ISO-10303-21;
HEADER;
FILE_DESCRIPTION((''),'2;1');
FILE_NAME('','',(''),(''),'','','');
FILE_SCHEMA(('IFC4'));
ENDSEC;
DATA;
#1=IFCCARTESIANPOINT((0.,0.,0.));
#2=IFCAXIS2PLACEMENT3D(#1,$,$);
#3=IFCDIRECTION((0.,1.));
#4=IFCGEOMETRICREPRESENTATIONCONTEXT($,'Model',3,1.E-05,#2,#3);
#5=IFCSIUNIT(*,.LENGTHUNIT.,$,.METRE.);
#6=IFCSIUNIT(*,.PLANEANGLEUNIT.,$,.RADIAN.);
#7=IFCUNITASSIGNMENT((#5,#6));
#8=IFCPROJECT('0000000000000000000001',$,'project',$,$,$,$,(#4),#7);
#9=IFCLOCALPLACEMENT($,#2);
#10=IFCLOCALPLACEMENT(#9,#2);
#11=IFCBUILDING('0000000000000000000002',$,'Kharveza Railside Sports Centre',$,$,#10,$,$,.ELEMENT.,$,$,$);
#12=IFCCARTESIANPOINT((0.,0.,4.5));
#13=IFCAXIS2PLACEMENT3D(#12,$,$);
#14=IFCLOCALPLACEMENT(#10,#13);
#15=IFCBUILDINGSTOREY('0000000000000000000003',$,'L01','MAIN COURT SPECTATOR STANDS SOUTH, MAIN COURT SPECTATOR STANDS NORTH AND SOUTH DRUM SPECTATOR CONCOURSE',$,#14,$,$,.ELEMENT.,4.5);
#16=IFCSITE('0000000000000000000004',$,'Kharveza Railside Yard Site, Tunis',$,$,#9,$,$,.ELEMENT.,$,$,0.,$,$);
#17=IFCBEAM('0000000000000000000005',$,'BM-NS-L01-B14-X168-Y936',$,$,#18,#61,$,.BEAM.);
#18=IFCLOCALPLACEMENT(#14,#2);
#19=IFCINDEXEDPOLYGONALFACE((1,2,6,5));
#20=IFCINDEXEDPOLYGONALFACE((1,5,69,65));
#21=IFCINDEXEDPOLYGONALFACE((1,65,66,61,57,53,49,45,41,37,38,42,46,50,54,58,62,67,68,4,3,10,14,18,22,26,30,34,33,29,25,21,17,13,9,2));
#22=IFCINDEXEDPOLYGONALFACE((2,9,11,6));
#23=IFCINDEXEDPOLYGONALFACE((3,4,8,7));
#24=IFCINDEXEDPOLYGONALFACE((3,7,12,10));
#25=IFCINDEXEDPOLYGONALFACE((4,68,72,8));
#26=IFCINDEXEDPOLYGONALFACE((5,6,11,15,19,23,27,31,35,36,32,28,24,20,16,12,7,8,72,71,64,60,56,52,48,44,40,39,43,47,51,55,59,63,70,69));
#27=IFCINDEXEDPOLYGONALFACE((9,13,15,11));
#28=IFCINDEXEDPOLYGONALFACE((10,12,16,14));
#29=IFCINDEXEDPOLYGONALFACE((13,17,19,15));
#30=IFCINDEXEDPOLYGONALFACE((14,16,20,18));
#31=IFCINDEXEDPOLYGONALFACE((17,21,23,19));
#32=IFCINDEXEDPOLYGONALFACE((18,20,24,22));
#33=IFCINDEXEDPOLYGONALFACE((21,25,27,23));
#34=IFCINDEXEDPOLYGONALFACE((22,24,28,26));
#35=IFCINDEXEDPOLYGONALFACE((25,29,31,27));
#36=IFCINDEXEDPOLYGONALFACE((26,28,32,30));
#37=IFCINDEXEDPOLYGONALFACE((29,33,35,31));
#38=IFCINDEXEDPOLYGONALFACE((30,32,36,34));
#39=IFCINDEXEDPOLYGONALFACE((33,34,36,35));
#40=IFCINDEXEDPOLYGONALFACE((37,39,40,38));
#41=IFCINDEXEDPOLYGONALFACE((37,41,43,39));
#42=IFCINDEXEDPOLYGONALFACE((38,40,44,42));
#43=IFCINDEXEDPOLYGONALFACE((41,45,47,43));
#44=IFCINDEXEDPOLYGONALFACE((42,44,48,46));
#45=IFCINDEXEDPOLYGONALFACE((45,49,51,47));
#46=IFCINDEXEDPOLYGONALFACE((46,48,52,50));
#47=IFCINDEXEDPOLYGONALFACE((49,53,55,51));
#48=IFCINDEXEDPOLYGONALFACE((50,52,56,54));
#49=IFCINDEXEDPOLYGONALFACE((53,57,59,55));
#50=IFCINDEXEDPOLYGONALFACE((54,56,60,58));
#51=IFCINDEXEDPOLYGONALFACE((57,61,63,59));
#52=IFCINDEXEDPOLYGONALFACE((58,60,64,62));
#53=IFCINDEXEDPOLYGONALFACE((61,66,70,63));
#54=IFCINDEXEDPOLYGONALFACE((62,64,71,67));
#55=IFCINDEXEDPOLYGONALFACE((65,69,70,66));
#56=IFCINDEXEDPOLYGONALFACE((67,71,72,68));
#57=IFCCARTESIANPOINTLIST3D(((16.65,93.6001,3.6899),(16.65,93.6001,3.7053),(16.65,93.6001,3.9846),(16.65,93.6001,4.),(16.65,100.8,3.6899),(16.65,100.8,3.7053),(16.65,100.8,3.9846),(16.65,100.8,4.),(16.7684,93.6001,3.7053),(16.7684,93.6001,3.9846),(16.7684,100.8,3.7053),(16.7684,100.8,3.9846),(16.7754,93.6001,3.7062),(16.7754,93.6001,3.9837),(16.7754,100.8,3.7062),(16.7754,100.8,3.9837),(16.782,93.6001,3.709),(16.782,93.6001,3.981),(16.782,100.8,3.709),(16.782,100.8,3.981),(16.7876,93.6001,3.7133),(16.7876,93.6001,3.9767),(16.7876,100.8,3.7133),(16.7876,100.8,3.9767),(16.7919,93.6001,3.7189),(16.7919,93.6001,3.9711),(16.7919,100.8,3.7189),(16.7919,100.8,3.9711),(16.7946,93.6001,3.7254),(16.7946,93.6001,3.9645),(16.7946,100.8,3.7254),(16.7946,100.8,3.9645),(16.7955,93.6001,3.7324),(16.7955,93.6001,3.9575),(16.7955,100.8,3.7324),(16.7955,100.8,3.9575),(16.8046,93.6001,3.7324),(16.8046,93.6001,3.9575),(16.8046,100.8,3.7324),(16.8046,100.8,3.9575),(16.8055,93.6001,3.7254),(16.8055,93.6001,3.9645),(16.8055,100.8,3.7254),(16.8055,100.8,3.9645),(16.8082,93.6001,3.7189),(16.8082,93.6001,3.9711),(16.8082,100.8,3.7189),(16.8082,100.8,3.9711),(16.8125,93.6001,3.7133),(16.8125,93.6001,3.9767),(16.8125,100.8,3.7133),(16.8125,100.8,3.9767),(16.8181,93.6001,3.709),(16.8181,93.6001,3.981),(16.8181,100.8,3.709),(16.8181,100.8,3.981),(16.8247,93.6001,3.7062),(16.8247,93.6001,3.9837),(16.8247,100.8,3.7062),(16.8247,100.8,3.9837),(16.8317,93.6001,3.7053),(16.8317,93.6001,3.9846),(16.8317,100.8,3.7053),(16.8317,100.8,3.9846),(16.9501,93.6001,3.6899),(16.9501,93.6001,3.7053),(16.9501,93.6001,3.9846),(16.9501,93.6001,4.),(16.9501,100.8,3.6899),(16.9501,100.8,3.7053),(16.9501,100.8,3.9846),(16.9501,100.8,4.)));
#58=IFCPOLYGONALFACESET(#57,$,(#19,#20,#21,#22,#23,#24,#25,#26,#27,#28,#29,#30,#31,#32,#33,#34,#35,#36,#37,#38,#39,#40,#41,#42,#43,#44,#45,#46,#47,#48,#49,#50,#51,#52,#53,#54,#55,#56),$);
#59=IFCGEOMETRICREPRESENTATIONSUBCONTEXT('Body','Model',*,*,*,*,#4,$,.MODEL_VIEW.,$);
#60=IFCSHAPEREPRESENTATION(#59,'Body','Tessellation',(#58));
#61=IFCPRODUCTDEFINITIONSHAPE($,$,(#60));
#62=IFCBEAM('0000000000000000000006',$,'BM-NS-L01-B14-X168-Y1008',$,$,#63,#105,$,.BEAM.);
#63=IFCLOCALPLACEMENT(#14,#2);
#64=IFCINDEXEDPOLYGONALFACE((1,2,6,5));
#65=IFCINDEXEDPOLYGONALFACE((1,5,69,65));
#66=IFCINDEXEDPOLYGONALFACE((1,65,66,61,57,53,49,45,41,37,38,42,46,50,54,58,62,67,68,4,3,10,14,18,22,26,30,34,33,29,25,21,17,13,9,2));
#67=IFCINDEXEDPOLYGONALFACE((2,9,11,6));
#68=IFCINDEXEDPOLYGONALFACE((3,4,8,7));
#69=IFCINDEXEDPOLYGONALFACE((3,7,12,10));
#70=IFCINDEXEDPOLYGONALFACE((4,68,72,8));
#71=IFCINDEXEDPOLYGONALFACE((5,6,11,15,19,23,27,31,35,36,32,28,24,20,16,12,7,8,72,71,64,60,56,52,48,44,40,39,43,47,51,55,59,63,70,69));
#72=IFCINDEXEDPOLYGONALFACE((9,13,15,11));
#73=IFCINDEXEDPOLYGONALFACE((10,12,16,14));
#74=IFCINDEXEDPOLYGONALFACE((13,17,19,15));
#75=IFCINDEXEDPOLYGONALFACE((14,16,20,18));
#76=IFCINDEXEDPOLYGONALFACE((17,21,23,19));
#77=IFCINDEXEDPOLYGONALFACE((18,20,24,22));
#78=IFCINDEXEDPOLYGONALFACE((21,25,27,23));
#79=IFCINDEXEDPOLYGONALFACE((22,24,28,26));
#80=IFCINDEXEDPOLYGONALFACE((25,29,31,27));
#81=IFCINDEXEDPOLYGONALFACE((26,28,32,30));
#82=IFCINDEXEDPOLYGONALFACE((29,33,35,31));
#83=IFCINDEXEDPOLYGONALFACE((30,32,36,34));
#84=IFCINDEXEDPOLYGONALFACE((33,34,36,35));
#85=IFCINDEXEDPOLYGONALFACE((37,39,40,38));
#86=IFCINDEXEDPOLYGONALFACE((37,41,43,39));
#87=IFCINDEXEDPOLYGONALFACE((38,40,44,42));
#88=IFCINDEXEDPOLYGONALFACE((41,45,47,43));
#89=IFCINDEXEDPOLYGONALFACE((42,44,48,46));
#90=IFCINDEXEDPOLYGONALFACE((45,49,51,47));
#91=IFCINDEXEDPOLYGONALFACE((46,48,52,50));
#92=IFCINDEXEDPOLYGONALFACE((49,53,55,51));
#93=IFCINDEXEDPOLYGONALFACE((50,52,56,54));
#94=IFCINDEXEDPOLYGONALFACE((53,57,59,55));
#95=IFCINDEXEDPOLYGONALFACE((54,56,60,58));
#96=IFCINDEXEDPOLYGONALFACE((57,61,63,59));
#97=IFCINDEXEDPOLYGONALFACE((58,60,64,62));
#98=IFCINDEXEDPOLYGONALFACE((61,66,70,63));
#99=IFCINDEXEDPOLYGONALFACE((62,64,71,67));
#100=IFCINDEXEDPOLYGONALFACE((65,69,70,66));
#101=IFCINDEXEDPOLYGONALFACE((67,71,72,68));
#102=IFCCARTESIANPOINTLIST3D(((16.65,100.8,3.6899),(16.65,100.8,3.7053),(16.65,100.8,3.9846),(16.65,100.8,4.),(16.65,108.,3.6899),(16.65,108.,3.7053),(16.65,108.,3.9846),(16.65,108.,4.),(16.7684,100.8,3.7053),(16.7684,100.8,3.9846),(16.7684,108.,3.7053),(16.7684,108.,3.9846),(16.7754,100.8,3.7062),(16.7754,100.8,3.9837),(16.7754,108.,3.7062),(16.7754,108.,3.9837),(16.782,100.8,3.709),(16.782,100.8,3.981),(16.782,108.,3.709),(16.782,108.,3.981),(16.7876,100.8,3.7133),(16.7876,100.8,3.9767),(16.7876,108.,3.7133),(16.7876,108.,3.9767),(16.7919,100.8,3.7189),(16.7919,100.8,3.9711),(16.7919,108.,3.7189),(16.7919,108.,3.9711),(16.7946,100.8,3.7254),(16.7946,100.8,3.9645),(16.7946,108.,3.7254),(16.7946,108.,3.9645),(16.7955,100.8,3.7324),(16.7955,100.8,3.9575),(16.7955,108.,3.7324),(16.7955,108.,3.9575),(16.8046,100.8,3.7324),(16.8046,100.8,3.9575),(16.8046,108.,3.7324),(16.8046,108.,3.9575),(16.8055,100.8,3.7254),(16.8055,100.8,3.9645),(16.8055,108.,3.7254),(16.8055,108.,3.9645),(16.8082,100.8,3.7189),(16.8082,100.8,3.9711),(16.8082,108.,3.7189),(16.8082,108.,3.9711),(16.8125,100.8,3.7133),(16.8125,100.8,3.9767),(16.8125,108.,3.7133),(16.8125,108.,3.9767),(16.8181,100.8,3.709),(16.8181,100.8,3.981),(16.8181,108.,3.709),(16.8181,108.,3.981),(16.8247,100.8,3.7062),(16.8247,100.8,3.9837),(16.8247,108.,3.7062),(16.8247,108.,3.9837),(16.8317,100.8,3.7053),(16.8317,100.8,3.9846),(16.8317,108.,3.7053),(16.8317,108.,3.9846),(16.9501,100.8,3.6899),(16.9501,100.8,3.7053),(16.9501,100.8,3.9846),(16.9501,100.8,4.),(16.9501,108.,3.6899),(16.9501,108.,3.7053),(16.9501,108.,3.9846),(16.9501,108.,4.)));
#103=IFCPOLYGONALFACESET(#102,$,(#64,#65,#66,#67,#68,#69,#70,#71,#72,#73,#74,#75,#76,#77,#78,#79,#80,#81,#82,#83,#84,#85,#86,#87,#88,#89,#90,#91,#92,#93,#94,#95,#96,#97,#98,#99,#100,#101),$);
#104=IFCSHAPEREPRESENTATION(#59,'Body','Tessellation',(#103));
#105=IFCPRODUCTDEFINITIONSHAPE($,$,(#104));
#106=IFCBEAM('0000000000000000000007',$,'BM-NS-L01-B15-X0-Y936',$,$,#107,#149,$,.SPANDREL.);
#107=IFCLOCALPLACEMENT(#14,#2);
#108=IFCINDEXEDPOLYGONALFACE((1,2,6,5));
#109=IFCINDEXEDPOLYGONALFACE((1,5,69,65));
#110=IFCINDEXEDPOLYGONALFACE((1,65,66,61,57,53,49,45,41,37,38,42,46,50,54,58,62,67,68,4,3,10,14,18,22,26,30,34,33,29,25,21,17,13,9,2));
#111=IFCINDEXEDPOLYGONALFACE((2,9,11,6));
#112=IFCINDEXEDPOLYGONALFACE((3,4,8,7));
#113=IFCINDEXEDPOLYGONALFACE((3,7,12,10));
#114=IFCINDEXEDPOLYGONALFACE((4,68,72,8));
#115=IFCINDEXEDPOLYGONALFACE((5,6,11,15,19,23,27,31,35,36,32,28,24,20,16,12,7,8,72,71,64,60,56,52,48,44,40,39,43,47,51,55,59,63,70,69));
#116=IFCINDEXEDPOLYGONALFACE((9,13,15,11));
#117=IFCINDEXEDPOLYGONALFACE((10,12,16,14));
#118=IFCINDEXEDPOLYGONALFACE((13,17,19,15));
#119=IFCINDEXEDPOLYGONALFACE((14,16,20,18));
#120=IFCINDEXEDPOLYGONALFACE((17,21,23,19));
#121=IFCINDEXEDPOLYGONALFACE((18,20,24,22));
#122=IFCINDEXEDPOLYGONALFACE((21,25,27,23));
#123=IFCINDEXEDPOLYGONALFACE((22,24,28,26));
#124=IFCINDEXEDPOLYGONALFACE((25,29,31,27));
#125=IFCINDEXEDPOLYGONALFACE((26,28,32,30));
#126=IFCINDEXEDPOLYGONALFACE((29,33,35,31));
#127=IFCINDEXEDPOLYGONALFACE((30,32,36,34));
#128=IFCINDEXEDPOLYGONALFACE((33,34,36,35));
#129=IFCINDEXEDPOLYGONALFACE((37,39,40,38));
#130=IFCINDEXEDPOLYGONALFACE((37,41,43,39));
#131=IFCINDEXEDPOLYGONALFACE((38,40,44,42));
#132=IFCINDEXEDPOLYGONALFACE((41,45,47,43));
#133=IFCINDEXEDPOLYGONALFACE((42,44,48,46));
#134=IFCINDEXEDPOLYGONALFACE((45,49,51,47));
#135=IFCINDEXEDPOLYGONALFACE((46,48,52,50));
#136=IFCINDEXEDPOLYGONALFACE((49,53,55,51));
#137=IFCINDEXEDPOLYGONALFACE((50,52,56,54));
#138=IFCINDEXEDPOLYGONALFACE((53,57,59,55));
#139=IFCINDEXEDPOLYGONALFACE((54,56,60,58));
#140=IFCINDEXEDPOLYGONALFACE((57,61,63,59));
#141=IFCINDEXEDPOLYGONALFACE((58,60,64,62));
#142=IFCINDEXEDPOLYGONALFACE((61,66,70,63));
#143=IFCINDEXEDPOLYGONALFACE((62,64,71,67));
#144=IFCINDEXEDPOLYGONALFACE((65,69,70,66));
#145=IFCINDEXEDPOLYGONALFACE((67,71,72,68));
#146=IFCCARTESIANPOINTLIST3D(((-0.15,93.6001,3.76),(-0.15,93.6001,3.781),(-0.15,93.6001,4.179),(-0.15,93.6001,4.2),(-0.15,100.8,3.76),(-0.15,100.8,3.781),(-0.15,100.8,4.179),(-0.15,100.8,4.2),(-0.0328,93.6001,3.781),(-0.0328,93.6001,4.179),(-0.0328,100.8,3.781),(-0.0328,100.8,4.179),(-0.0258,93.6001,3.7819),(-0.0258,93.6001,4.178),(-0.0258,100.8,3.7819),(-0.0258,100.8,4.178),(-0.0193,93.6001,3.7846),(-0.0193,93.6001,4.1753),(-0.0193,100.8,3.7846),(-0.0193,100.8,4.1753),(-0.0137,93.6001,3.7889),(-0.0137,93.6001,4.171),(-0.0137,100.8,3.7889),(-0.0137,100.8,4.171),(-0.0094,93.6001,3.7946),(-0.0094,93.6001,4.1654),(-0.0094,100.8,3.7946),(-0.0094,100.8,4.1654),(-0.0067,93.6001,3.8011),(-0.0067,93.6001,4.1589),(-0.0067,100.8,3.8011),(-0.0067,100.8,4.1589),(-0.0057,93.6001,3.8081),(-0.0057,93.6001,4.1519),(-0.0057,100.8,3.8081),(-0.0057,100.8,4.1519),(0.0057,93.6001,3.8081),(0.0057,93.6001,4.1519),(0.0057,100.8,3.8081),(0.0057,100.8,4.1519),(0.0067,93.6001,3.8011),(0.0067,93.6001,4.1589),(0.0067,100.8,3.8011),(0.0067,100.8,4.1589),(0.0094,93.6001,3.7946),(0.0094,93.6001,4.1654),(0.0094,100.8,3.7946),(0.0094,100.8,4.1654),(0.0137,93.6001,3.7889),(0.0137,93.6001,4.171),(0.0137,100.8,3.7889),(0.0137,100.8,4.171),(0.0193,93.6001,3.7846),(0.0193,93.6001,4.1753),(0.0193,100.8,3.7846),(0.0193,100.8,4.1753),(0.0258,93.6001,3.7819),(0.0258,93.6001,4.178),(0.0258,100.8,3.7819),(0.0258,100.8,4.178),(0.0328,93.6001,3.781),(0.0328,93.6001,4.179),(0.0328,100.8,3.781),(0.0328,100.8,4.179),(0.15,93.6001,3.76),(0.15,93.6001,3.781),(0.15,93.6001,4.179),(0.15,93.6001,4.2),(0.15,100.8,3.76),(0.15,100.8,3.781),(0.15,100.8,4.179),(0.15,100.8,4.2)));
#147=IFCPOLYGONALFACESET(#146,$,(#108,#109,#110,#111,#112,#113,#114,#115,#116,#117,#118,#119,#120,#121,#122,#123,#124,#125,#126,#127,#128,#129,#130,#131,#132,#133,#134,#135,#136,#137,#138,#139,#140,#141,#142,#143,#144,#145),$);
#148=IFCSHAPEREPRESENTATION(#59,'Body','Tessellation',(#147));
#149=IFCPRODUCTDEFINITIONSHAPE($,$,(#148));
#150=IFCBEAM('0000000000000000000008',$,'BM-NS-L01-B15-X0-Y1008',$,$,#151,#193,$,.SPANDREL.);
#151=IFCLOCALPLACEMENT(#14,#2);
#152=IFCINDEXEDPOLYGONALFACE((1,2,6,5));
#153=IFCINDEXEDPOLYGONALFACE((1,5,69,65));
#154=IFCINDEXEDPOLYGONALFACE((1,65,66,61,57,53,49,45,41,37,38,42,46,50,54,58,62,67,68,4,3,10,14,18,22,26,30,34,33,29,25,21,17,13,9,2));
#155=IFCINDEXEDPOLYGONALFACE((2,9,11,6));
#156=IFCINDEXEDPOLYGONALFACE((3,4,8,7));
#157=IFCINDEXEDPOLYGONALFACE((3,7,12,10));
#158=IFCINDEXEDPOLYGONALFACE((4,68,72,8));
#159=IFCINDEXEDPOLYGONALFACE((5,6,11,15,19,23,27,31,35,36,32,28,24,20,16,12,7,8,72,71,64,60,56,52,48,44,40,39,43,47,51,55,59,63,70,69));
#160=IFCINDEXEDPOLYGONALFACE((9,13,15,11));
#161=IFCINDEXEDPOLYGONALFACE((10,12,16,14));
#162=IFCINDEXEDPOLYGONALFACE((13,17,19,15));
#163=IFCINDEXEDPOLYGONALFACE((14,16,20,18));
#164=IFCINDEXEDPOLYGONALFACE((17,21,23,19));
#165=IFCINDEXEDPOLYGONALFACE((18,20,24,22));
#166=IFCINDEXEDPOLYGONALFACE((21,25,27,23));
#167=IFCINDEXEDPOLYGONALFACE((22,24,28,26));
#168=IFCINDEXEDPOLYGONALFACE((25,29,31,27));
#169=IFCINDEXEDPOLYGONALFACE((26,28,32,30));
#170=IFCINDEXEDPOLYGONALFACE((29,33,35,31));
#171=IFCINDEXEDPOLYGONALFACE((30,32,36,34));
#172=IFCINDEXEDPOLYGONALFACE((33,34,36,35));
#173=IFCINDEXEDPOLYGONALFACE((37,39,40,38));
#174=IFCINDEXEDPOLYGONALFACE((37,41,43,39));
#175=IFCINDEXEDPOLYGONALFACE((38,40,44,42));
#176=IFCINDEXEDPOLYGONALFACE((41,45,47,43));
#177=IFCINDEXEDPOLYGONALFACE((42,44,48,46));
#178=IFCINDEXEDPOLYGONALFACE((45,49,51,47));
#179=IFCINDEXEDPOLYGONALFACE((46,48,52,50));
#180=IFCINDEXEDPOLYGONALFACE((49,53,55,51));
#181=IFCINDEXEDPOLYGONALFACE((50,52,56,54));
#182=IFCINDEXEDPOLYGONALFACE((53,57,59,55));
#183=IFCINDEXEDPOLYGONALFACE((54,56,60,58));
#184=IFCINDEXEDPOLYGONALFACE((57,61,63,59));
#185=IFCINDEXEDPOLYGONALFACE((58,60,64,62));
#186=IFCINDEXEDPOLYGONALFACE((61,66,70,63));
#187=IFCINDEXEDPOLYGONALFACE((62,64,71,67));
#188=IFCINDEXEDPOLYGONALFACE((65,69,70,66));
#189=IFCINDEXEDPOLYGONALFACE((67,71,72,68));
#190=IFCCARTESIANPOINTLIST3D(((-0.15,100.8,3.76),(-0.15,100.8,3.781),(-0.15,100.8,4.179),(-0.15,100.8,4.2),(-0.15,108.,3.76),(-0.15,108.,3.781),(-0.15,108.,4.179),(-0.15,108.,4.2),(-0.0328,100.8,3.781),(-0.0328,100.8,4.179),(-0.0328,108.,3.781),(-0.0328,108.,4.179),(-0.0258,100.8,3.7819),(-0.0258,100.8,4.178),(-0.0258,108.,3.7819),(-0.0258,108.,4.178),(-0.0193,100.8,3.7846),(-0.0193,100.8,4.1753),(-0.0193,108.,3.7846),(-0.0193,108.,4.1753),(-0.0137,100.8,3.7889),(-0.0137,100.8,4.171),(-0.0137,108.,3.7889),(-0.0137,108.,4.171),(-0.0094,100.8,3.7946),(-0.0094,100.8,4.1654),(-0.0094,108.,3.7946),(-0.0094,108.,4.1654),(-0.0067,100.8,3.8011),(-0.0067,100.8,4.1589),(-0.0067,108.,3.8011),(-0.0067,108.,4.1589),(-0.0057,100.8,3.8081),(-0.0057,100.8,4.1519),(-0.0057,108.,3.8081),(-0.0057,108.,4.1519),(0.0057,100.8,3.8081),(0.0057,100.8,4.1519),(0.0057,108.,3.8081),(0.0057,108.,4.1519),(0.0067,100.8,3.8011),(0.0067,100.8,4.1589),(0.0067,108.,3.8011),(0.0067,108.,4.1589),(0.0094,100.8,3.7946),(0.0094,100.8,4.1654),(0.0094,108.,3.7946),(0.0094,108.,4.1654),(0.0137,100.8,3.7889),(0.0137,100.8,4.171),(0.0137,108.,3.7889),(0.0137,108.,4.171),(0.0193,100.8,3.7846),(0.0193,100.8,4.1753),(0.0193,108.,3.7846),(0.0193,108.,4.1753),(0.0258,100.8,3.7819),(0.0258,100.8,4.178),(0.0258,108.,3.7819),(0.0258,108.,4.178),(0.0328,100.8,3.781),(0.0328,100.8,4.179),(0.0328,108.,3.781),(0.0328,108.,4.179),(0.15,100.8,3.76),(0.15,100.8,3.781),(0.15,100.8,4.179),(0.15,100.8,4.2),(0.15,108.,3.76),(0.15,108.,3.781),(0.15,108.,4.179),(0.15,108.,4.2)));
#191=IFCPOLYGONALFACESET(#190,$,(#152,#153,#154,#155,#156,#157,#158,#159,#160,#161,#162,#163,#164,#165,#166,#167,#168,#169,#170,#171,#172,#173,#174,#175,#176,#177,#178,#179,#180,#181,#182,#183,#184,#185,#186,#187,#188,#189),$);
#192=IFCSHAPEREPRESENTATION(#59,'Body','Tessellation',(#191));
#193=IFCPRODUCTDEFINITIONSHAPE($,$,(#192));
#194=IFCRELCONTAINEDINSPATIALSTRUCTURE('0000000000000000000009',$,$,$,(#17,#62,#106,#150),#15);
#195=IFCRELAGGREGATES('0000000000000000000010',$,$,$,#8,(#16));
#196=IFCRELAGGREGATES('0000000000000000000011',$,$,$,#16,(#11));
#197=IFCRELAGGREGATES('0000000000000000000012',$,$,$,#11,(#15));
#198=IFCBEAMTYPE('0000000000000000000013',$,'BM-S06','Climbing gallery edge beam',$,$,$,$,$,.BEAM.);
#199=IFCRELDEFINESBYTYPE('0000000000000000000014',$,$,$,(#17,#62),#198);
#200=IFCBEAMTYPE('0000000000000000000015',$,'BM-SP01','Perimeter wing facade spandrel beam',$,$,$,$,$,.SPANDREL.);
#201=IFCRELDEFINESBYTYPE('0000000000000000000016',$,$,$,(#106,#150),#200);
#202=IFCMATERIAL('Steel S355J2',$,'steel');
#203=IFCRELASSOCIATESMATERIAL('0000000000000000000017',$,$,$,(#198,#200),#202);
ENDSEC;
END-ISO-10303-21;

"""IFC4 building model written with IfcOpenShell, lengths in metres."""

from ifc_helpers import new_model, si_unit, direction, frame, origin, origin_2d, place, context, subcontext, project, spatial, i_section, extrude, material, material_profile, profile_set, type_object, element, save


model = new_model("IFC4")

# Units and contexts
model_context = context("Model", 3, precision=1e-05, world=origin(), true_north=direction((0.0, 1.0)))
body_context = subcontext(model_context, "Body", "Model", "MODEL_VIEW")
ifc_project = project(units=[si_unit("LENGTHUNIT", "METRE"), si_unit("PLANEANGLEUNIT", "RADIAN")], contexts=[model_context])

# Site, building, storey
site_placement = place(None, origin())
site = spatial("IfcSite", under=ifc_project, at=site_placement, Name="Kharveza Railside Yard Site, Tunis", CompositionType="ELEMENT", RefElevation=0.0)
building_placement = place(site_placement, origin())
building = spatial("IfcBuilding", under=site, at=building_placement, Name="Kharveza Railside Sports Centre", CompositionType="ELEMENT")
storey_placement = place(building_placement, frame((0.0, 0.0, 4.5)))
storey = spatial("IfcBuildingStorey", under=building, at=storey_placement, Name="L01", Description="MAIN COURT SPECTATOR STANDS SOUTH, MAIN COURT SPECTATOR STANDS NORTH AND SOUTH DRUM SPECTATOR CONCOURSE", CompositionType="ELEMENT", Elevation=4.5)

# Shared definitions
ifc_material_1 = material(Name="Steel S355J2", Category="steel")

# Beams
ifc_material_profile_1 = material_profile(ifc_material_1, i_section(OverallWidth=0.3, OverallDepth=0.3101, WebThickness=0.009, FlangeThickness=0.0154, FilletRadius=0.0271, at=origin_2d()), Name="HEA 320")
ifc_profile_set_1 = profile_set([ifc_material_profile_1], Name="Steel S355J2")
beam_type_1 = type_object("IfcBeamType", Name="BM-S06", Description="Climbing gallery edge beam", PredefinedType="BEAM", material=ifc_profile_set_1)
for number, where, z_axis, x_axis, name in (
    (1, (16.8, 93.6001, 3.845), (0.0, 1.0, 0.0), (-1.0, 0.0, 0.0), "BM-NS-L01-B14-X168-Y936"),
    (2, (16.8, 100.8, 3.845), (0.0, 1.0, 0.0), (-1.0, 0.0, 0.0), "BM-NS-L01-B14-X168-Y1008"),
):
    element("IfcBeam", number, at=place(storey_placement, frame(where, z_axis=z_axis, x_axis=x_axis)), inside=storey, type_object=beam_type_1, Name=name, PredefinedType="BEAM", context=body_context, shape_type="SweptSolid", body=[
        extrude(i_section(OverallWidth=0.3, OverallDepth=0.3101, WebThickness=0.009, FlangeThickness=0.0154, FilletRadius=0.0271, at=origin_2d()), origin(), (0.0, 0.0, 1.0), 7.2),
    ])
ifc_material_profile_2 = material_profile(ifc_material_1, i_section(OverallWidth=0.3, OverallDepth=0.4399, WebThickness=0.0115, FlangeThickness=0.021, FilletRadius=0.0271, at=origin_2d()), Name="HEA 450")
ifc_profile_set_2 = profile_set([ifc_material_profile_2], Name="Steel S355J2")
beam_type_2 = type_object("IfcBeamType", Name="BM-SP01", Description="Perimeter wing facade spandrel beam", PredefinedType="SPANDREL", material=ifc_profile_set_2)
for number, where, z_axis, x_axis, name in (
    (3, (0.0, 93.6001, 3.98), (0.0, 1.0, 0.0), (-1.0, 0.0, 0.0), "BM-NS-L01-B15-X0-Y936"),
    (4, (0.0, 100.8, 3.98), (0.0, 1.0, 0.0), (-1.0, 0.0, 0.0), "BM-NS-L01-B15-X0-Y1008"),
):
    element("IfcBeam", number, at=place(storey_placement, frame(where, z_axis=z_axis, x_axis=x_axis)), inside=storey, type_object=beam_type_2, Name=name, PredefinedType="SPANDREL", context=body_context, shape_type="SweptSolid", body=[
        extrude(i_section(OverallWidth=0.3, OverallDepth=0.4399, WebThickness=0.0115, FlangeThickness=0.021, FilletRadius=0.0271, at=origin_2d()), origin(), (0.0, 0.0, 1.0), 7.2),
    ])

save(model, "model.ifc")
